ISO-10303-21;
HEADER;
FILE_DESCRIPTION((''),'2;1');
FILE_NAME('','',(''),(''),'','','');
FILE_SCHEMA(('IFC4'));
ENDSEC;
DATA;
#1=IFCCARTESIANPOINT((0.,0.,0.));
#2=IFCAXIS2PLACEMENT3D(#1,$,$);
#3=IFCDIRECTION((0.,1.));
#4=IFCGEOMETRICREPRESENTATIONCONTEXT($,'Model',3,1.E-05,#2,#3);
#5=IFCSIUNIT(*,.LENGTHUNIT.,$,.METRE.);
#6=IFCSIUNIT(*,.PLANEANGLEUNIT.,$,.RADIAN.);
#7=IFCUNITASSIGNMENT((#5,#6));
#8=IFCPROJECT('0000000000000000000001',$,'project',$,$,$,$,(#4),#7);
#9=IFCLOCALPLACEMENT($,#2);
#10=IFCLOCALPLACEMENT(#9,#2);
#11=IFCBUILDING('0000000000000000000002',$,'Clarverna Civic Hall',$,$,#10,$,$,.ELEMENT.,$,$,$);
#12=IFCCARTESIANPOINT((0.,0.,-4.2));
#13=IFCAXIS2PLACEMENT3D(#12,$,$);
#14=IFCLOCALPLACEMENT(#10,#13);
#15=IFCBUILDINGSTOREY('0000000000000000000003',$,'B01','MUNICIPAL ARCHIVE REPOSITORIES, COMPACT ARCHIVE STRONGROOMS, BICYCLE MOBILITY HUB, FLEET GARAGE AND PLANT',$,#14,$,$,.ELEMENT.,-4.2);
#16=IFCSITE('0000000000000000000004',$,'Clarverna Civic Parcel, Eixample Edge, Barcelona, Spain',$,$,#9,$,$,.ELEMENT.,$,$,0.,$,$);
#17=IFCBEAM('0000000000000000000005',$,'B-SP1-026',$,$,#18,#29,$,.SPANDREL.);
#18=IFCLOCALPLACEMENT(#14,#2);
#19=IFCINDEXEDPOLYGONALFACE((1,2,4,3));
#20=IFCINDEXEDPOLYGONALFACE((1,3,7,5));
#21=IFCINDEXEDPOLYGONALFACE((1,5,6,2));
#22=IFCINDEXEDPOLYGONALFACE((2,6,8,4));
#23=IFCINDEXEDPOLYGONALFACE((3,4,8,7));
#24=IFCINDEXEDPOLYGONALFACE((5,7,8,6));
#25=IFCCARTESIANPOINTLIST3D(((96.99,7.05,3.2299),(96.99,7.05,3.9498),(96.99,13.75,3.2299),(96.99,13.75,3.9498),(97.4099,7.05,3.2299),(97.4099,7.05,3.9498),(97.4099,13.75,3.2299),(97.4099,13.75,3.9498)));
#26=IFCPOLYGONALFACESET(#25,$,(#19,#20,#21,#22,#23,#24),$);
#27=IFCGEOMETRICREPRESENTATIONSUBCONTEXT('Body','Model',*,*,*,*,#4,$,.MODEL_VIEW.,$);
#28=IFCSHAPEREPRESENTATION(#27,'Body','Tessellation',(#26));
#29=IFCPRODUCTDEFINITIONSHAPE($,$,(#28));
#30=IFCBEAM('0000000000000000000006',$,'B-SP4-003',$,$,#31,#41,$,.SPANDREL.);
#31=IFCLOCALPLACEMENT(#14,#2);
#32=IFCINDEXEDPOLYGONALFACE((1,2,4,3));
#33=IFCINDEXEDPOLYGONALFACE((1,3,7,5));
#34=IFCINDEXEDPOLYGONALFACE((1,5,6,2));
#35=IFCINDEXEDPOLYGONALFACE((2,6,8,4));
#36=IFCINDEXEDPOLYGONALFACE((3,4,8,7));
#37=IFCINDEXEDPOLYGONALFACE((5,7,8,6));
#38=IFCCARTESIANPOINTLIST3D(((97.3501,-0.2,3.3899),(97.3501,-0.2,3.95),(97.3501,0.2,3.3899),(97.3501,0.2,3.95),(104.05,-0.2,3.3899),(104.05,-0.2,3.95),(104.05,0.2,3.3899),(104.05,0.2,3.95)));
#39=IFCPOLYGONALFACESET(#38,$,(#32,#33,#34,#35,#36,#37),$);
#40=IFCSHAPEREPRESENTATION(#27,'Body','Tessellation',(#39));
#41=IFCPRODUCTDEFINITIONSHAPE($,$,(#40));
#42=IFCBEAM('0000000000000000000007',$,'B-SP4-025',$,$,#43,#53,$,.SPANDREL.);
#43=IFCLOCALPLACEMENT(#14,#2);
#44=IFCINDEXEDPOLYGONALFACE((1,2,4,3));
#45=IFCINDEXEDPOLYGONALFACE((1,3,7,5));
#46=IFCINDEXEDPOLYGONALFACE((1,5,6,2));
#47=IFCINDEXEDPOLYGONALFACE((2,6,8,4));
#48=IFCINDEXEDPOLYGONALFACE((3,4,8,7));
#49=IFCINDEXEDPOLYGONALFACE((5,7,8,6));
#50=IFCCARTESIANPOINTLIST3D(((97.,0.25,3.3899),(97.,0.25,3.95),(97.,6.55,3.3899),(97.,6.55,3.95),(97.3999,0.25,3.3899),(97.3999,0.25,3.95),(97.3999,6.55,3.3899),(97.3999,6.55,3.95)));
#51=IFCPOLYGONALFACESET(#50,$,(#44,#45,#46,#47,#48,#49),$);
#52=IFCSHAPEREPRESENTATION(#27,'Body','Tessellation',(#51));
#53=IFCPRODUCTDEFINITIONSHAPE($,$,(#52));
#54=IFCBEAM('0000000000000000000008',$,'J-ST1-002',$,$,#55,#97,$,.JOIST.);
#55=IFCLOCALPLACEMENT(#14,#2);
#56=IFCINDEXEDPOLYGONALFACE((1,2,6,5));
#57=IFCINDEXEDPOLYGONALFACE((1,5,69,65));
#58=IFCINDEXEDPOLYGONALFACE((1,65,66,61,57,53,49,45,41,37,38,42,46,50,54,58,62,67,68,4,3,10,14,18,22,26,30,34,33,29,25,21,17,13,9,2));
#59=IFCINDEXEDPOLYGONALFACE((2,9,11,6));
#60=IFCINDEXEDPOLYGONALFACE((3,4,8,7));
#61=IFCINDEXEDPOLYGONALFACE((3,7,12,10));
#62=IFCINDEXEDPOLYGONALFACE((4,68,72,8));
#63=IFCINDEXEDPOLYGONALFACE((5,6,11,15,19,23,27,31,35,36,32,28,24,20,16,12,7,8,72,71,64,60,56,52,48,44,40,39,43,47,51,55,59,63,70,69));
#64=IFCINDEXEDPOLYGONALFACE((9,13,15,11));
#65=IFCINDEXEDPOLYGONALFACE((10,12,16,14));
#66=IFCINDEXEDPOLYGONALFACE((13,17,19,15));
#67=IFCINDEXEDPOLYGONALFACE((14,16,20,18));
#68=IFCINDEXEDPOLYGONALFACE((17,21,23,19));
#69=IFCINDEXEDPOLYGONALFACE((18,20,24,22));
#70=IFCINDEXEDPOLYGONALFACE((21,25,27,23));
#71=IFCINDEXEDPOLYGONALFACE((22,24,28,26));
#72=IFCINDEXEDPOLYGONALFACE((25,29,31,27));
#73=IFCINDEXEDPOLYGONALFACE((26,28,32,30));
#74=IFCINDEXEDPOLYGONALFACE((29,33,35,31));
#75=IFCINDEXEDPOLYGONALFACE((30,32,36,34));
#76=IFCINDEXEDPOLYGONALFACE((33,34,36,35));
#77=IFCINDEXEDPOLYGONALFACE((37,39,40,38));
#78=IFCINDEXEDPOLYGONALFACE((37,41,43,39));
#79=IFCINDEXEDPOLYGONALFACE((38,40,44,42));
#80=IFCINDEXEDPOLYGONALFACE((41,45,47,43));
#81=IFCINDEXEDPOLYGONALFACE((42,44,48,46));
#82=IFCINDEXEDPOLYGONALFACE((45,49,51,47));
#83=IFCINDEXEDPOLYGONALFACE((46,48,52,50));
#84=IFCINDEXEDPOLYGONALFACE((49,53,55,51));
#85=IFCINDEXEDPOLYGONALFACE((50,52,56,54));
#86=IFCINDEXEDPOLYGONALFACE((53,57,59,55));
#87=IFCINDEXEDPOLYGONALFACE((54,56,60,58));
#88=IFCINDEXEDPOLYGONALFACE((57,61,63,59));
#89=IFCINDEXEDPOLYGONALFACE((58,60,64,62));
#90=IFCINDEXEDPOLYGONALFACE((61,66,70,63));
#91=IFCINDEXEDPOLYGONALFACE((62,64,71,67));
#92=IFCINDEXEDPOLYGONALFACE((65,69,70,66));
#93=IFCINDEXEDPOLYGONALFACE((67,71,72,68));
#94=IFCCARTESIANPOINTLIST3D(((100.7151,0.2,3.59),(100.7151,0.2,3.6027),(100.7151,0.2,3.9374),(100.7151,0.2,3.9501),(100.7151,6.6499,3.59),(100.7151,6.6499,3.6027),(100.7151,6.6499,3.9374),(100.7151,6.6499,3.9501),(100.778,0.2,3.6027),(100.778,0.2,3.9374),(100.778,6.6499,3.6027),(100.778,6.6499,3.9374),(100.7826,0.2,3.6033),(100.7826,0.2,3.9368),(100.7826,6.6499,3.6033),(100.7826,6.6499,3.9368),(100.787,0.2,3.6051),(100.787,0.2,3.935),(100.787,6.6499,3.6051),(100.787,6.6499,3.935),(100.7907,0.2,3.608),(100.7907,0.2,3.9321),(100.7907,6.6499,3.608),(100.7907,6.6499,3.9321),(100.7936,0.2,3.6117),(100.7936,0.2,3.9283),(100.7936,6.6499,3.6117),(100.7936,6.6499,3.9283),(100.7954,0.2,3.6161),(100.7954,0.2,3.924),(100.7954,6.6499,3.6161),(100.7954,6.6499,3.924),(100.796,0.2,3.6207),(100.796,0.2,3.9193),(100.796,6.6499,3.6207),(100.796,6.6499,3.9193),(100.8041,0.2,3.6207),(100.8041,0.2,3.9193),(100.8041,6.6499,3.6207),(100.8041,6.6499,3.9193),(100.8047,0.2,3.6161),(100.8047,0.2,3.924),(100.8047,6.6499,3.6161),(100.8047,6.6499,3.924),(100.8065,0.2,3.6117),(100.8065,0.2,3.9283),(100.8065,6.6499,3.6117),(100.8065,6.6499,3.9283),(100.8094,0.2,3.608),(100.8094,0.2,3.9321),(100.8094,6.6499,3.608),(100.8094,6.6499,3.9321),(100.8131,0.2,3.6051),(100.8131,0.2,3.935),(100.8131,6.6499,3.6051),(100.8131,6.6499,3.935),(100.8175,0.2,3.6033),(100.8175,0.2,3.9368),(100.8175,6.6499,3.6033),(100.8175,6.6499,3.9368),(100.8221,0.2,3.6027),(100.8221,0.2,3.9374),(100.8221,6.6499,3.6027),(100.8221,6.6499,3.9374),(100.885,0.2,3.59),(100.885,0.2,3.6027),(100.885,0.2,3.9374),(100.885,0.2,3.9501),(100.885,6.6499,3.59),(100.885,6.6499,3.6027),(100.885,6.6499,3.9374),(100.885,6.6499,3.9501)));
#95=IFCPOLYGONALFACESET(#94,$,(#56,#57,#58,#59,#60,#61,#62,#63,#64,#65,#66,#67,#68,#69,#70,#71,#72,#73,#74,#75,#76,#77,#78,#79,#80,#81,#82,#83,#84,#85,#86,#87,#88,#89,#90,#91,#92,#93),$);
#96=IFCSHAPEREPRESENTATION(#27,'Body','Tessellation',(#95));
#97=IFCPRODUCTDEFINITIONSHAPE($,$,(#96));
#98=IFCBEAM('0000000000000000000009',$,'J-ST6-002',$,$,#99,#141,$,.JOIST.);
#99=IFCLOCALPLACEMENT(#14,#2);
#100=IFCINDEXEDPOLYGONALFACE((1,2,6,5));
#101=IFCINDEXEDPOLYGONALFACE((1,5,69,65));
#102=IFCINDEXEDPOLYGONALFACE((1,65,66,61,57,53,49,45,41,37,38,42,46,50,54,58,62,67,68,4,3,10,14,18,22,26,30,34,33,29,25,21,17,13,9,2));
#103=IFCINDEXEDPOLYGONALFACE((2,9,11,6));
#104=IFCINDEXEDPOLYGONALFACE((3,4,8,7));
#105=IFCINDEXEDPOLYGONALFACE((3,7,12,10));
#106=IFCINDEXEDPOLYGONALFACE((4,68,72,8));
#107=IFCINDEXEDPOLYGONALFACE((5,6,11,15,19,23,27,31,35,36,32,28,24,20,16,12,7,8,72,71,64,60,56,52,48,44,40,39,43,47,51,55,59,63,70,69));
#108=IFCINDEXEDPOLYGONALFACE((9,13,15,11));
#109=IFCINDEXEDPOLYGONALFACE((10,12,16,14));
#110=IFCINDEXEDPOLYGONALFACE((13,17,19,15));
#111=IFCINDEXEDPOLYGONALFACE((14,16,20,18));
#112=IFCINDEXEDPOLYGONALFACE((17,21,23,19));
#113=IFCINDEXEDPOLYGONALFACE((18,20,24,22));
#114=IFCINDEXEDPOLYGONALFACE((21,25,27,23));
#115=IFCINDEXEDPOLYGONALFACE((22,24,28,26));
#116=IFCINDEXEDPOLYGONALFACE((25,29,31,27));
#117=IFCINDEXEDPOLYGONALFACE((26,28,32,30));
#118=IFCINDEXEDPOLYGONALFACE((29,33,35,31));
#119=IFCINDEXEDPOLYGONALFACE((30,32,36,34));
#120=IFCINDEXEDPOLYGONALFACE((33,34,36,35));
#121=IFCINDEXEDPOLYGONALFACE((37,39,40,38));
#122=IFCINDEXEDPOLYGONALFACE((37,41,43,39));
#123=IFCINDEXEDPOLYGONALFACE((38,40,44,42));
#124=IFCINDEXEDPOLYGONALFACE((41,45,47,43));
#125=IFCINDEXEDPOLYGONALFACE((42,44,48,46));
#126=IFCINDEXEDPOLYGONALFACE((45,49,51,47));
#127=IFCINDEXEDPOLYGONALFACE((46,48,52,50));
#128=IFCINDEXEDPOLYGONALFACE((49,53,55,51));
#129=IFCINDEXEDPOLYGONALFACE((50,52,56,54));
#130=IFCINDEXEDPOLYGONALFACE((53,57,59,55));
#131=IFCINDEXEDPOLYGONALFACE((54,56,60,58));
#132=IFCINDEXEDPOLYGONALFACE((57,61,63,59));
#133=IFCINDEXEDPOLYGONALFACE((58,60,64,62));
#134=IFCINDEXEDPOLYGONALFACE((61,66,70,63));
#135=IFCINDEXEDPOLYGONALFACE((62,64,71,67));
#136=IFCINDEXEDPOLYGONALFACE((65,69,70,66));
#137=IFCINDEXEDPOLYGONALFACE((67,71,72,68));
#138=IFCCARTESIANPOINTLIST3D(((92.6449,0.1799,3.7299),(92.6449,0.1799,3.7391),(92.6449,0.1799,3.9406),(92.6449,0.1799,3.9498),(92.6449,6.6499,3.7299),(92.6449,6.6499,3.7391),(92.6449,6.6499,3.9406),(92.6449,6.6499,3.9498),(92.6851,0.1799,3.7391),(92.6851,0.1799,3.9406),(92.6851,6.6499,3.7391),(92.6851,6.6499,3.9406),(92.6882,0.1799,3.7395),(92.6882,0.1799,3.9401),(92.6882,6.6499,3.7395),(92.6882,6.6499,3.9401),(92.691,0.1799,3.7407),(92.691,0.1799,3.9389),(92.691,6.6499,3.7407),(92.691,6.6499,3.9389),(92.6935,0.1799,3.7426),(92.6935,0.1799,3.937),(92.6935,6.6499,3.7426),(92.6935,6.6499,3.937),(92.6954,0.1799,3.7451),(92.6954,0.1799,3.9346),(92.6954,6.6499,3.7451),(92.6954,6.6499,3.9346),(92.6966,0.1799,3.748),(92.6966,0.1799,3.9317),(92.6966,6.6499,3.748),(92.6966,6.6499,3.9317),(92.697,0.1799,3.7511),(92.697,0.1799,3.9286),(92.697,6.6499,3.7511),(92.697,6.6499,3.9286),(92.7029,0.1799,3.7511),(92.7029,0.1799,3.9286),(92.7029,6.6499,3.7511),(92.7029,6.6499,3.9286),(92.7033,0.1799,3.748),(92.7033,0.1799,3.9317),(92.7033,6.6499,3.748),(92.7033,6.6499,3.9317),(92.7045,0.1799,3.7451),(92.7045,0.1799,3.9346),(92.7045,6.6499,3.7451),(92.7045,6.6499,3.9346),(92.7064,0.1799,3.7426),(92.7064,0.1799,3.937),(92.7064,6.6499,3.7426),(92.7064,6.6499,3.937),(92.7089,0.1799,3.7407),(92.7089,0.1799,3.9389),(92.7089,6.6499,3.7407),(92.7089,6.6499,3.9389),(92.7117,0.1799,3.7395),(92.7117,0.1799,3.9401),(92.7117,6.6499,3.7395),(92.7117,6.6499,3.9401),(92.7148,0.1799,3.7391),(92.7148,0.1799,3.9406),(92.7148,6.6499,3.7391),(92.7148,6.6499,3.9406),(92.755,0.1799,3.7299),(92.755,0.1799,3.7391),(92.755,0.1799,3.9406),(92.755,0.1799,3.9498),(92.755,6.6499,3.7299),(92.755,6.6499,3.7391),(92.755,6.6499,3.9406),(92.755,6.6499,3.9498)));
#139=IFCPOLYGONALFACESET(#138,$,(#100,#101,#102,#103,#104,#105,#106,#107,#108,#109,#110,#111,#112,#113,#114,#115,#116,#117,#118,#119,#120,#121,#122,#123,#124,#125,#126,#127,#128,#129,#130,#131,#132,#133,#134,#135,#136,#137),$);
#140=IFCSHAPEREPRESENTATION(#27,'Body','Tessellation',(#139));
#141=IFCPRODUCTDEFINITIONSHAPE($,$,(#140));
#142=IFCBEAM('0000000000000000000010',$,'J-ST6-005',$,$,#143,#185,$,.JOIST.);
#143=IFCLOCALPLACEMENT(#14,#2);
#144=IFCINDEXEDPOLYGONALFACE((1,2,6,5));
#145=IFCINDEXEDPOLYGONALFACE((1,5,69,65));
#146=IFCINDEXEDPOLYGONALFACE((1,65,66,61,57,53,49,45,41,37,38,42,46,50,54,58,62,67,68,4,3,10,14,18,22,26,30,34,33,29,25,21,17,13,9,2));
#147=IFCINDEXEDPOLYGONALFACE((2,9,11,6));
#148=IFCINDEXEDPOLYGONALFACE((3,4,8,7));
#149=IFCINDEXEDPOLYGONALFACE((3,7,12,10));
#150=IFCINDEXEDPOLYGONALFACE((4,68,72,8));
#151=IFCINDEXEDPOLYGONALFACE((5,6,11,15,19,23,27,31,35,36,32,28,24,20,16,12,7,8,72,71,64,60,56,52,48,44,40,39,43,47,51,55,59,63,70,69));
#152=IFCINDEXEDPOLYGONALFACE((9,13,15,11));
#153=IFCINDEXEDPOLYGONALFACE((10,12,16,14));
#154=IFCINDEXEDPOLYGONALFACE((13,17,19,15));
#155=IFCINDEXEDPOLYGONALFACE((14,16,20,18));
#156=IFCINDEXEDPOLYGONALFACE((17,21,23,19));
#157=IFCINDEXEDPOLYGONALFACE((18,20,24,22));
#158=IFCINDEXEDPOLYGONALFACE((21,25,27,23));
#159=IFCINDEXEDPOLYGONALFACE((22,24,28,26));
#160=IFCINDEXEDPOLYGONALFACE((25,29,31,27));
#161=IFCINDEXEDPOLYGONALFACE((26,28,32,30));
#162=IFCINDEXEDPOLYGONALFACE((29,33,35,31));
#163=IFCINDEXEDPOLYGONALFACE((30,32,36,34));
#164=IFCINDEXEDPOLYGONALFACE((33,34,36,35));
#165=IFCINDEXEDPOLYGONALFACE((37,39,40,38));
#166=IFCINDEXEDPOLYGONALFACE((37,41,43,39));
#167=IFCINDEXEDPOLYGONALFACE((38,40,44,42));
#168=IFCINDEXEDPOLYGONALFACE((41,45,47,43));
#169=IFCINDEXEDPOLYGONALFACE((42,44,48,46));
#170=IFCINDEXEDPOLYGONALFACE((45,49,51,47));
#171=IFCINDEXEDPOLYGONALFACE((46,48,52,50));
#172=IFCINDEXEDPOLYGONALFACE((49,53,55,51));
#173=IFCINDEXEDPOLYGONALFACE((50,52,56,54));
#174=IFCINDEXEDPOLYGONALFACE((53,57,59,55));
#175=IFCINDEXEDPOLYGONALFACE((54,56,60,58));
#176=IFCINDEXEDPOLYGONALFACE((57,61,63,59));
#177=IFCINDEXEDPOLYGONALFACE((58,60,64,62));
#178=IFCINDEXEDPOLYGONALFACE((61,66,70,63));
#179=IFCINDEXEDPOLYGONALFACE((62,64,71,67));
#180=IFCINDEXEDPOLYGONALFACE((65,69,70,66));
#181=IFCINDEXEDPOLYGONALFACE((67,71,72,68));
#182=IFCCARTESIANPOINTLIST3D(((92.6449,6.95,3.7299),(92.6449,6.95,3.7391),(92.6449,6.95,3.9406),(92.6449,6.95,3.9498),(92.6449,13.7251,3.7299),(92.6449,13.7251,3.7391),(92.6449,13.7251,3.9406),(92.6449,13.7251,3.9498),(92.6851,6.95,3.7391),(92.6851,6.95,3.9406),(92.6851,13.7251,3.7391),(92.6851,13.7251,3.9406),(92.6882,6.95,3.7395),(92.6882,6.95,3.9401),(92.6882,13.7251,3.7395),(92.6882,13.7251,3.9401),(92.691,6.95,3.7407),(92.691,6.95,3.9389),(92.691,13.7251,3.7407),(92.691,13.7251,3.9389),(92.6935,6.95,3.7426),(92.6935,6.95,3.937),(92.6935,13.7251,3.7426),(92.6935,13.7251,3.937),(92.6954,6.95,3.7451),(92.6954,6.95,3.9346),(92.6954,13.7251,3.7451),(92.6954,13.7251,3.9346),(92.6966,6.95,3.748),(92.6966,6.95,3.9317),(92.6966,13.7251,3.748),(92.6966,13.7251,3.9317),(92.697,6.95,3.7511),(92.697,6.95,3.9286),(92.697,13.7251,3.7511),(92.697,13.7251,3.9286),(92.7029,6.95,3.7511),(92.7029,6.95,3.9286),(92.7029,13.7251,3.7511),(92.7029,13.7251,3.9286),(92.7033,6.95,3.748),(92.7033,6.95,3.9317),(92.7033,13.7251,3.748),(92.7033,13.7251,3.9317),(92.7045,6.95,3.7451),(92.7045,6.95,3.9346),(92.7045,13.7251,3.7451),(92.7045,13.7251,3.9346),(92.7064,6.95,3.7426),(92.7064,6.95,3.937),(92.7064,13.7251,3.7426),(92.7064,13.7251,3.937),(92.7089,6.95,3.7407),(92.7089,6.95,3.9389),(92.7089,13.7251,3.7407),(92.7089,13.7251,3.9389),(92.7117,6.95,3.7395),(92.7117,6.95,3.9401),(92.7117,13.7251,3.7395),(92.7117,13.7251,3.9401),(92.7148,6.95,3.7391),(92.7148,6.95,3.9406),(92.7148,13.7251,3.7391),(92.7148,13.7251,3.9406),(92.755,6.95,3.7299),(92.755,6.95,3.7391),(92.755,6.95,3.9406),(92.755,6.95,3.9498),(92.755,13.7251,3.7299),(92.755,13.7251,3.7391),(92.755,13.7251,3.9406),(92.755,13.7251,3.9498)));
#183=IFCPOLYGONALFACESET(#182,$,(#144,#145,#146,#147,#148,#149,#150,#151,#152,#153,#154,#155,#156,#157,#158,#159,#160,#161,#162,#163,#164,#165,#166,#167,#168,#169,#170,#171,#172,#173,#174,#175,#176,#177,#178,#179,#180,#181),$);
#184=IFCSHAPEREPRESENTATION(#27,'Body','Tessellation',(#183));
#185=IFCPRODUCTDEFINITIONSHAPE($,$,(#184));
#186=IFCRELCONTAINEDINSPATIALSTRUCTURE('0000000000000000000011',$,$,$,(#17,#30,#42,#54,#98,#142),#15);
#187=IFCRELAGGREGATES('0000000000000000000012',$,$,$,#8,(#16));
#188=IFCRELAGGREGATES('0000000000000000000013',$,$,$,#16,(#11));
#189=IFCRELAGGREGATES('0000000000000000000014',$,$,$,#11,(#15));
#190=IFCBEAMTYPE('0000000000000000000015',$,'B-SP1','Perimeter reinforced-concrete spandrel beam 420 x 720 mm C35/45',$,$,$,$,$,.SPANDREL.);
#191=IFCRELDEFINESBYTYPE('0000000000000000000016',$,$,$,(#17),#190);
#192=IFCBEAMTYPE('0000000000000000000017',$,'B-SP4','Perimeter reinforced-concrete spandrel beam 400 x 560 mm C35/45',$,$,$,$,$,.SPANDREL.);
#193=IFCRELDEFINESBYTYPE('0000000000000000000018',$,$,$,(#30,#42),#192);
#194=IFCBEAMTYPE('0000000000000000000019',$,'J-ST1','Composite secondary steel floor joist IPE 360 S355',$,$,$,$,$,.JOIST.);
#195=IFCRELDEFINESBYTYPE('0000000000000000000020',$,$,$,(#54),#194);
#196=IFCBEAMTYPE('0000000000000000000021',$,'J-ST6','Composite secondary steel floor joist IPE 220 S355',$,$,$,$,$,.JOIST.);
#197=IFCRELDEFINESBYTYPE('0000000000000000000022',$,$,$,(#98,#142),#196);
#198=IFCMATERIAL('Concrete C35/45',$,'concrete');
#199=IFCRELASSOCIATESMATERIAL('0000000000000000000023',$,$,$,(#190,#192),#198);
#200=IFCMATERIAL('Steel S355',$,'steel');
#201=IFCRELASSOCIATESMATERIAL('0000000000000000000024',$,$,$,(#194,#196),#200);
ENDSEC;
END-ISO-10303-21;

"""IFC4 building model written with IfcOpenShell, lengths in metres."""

from ifc_helpers import new_model, si_unit, direction, frame, origin, origin_2d, place, context, subcontext, project, spatial, rectangle, i_section, extrude, material, material_profile, profile_set, type_object, element, save


model = new_model("IFC4")

# Units and contexts
model_context = context("Model", 3, precision=1e-05, world=origin(), true_north=direction((0.0, 1.0)))
body_context = subcontext(model_context, "Body", "Model", "MODEL_VIEW")
ifc_project = project(units=[si_unit("LENGTHUNIT", "METRE"), si_unit("PLANEANGLEUNIT", "RADIAN")], contexts=[model_context])

# Site, building, storey
site_placement = place(None, origin())
site = spatial("IfcSite", under=ifc_project, at=site_placement, Name="Clarverna Civic Parcel, Eixample Edge, Barcelona, Spain", CompositionType="ELEMENT", RefElevation=0.0)
building_placement = place(site_placement, origin())
building = spatial("IfcBuilding", under=site, at=building_placement, Name="Clarverna Civic Hall", CompositionType="ELEMENT")
storey_placement = place(building_placement, frame((0.0, 0.0, -4.2)))
storey = spatial("IfcBuildingStorey", under=building, at=storey_placement, Name="B01", Description="MUNICIPAL ARCHIVE REPOSITORIES, COMPACT ARCHIVE STRONGROOMS, BICYCLE MOBILITY HUB, FLEET GARAGE AND PLANT", CompositionType="ELEMENT", Elevation=-4.2)

# Shared definitions
ifc_material_1 = material(Name="Steel S355", Category="steel")

# Beams
ifc_material_2 = material(Name="Concrete C35/45", Category="concrete")
ifc_material_profile_1 = material_profile(ifc_material_2, rectangle(XDim=0.4199, YDim=0.72, at=origin_2d()), Name="RC 420x720")
ifc_profile_set_1 = profile_set([ifc_material_profile_1], Name="Concrete C35/45")
beam_type_1 = type_object("IfcBeamType", Name="B-SP1", Description="Perimeter reinforced-concrete spandrel beam 420 x 720 mm C35/45", PredefinedType="SPANDREL", material=ifc_profile_set_1)
beam_1_placement = place(storey_placement, frame((97.2, 7.05, 3.5898), z_axis=(0.0, 1.0, 0.0), x_axis=(-1.0, 0.0, 0.0)))
element("IfcBeam", 1, at=beam_1_placement, inside=storey, type_object=beam_type_1, Name="B-SP1-026", PredefinedType="SPANDREL", context=body_context, shape_type="SweptSolid", body=[
    extrude(rectangle(XDim=0.4199, YDim=0.72, at=origin_2d()), origin(), (0.0, 0.0, 1.0), 6.7),
])
ifc_material_profile_2 = material_profile(ifc_material_2, rectangle(XDim=0.3999, YDim=0.5601, at=origin_2d()), Name="RC 400x560")
ifc_profile_set_2 = profile_set([ifc_material_profile_2], Name="Concrete C35/45")
beam_type_2 = type_object("IfcBeamType", Name="B-SP4", Description="Perimeter reinforced-concrete spandrel beam 400 x 560 mm C35/45", PredefinedType="SPANDREL", material=ifc_profile_set_2)
beam_2_placement = place(storey_placement, frame((97.3501, 0.0, 3.6699), z_axis=(1.0, 0.0, 0.0), x_axis=(0.0, 1.0, 0.0)))
element("IfcBeam", 2, at=beam_2_placement, inside=storey, type_object=beam_type_2, Name="B-SP4-003", PredefinedType="SPANDREL", context=body_context, shape_type="SweptSolid", body=[
    extrude(rectangle(XDim=0.3999, YDim=0.5601, at=origin_2d()), origin(), (0.0, 0.0, 1.0), 6.7),
])
beam_3_placement = place(storey_placement, frame((97.2, 0.25, 3.6699), z_axis=(0.0, 1.0, 0.0), x_axis=(-1.0, 0.0, 0.0)))
element("IfcBeam", 3, at=beam_3_placement, inside=storey, type_object=beam_type_2, Name="B-SP4-025", PredefinedType="SPANDREL", context=body_context, shape_type="SweptSolid", body=[
    extrude(rectangle(XDim=0.3999, YDim=0.5601, at=origin_2d()), origin(), (0.0, 0.0, 1.0), 6.3),
])
ifc_material_profile_3 = material_profile(ifc_material_1, i_section(OverallWidth=0.1699, OverallDepth=0.3601, WebThickness=0.0081, FlangeThickness=0.0127, FilletRadius=0.0181, at=origin_2d()), Name="IPE 360")
ifc_profile_set_3 = profile_set([ifc_material_profile_3], Name="Steel S355")
beam_type_3 = type_object("IfcBeamType", Name="J-ST1", Description="Composite secondary steel floor joist IPE 360 S355", PredefinedType="JOIST", material=ifc_profile_set_3)
beam_4_placement = place(storey_placement, frame((100.8, 0.2, 3.77), z_axis=(0.0, 1.0, 0.0), x_axis=(-1.0, 0.0, 0.0)))
element("IfcBeam", 4, at=beam_4_placement, inside=storey, type_object=beam_type_3, Name="J-ST1-002", PredefinedType="JOIST", context=body_context, shape_type="SweptSolid", body=[
    extrude(i_section(OverallWidth=0.1699, OverallDepth=0.3601, WebThickness=0.0081, FlangeThickness=0.0127, FilletRadius=0.0181, at=origin_2d()), origin(), (0.0, 0.0, 1.0), 6.45),
])
ifc_material_profile_4 = material_profile(ifc_material_1, i_section(OverallWidth=0.1101, OverallDepth=0.22, WebThickness=0.0059, FlangeThickness=0.0093, FilletRadius=0.012, at=origin_2d()), Name="IPE 220")
ifc_profile_set_4 = profile_set([ifc_material_profile_4], Name="Steel S355")
beam_type_4 = type_object("IfcBeamType", Name="J-ST6", Description="Composite secondary steel floor joist IPE 220 S355", PredefinedType="JOIST", material=ifc_profile_set_4)
beam_5_placement = place(storey_placement, frame((92.7, 0.1799, 3.8398), z_axis=(0.0, 1.0, 0.0), x_axis=(-1.0, 0.0, 0.0)))
element("IfcBeam", 5, at=beam_5_placement, inside=storey, type_object=beam_type_4, Name="J-ST6-002", PredefinedType="JOIST", context=body_context, shape_type="SweptSolid", body=[
    extrude(i_section(OverallWidth=0.1101, OverallDepth=0.22, WebThickness=0.0059, FlangeThickness=0.0093, FilletRadius=0.012, at=origin_2d()), origin(), (0.0, 0.0, 1.0), 6.47),
])
beam_6_placement = place(storey_placement, frame((92.7, 6.95, 3.8398), z_axis=(0.0, 1.0, 0.0), x_axis=(-1.0, 0.0, 0.0)))
element("IfcBeam", 6, at=beam_6_placement, inside=storey, type_object=beam_type_4, Name="J-ST6-005", PredefinedType="JOIST", context=body_context, shape_type="SweptSolid", body=[
    extrude(i_section(OverallWidth=0.1101, OverallDepth=0.22, WebThickness=0.0059, FlangeThickness=0.0093, FilletRadius=0.012, at=origin_2d()), origin(), (0.0, 0.0, 1.0), 6.7751),
])

save(model, "model.ifc")
